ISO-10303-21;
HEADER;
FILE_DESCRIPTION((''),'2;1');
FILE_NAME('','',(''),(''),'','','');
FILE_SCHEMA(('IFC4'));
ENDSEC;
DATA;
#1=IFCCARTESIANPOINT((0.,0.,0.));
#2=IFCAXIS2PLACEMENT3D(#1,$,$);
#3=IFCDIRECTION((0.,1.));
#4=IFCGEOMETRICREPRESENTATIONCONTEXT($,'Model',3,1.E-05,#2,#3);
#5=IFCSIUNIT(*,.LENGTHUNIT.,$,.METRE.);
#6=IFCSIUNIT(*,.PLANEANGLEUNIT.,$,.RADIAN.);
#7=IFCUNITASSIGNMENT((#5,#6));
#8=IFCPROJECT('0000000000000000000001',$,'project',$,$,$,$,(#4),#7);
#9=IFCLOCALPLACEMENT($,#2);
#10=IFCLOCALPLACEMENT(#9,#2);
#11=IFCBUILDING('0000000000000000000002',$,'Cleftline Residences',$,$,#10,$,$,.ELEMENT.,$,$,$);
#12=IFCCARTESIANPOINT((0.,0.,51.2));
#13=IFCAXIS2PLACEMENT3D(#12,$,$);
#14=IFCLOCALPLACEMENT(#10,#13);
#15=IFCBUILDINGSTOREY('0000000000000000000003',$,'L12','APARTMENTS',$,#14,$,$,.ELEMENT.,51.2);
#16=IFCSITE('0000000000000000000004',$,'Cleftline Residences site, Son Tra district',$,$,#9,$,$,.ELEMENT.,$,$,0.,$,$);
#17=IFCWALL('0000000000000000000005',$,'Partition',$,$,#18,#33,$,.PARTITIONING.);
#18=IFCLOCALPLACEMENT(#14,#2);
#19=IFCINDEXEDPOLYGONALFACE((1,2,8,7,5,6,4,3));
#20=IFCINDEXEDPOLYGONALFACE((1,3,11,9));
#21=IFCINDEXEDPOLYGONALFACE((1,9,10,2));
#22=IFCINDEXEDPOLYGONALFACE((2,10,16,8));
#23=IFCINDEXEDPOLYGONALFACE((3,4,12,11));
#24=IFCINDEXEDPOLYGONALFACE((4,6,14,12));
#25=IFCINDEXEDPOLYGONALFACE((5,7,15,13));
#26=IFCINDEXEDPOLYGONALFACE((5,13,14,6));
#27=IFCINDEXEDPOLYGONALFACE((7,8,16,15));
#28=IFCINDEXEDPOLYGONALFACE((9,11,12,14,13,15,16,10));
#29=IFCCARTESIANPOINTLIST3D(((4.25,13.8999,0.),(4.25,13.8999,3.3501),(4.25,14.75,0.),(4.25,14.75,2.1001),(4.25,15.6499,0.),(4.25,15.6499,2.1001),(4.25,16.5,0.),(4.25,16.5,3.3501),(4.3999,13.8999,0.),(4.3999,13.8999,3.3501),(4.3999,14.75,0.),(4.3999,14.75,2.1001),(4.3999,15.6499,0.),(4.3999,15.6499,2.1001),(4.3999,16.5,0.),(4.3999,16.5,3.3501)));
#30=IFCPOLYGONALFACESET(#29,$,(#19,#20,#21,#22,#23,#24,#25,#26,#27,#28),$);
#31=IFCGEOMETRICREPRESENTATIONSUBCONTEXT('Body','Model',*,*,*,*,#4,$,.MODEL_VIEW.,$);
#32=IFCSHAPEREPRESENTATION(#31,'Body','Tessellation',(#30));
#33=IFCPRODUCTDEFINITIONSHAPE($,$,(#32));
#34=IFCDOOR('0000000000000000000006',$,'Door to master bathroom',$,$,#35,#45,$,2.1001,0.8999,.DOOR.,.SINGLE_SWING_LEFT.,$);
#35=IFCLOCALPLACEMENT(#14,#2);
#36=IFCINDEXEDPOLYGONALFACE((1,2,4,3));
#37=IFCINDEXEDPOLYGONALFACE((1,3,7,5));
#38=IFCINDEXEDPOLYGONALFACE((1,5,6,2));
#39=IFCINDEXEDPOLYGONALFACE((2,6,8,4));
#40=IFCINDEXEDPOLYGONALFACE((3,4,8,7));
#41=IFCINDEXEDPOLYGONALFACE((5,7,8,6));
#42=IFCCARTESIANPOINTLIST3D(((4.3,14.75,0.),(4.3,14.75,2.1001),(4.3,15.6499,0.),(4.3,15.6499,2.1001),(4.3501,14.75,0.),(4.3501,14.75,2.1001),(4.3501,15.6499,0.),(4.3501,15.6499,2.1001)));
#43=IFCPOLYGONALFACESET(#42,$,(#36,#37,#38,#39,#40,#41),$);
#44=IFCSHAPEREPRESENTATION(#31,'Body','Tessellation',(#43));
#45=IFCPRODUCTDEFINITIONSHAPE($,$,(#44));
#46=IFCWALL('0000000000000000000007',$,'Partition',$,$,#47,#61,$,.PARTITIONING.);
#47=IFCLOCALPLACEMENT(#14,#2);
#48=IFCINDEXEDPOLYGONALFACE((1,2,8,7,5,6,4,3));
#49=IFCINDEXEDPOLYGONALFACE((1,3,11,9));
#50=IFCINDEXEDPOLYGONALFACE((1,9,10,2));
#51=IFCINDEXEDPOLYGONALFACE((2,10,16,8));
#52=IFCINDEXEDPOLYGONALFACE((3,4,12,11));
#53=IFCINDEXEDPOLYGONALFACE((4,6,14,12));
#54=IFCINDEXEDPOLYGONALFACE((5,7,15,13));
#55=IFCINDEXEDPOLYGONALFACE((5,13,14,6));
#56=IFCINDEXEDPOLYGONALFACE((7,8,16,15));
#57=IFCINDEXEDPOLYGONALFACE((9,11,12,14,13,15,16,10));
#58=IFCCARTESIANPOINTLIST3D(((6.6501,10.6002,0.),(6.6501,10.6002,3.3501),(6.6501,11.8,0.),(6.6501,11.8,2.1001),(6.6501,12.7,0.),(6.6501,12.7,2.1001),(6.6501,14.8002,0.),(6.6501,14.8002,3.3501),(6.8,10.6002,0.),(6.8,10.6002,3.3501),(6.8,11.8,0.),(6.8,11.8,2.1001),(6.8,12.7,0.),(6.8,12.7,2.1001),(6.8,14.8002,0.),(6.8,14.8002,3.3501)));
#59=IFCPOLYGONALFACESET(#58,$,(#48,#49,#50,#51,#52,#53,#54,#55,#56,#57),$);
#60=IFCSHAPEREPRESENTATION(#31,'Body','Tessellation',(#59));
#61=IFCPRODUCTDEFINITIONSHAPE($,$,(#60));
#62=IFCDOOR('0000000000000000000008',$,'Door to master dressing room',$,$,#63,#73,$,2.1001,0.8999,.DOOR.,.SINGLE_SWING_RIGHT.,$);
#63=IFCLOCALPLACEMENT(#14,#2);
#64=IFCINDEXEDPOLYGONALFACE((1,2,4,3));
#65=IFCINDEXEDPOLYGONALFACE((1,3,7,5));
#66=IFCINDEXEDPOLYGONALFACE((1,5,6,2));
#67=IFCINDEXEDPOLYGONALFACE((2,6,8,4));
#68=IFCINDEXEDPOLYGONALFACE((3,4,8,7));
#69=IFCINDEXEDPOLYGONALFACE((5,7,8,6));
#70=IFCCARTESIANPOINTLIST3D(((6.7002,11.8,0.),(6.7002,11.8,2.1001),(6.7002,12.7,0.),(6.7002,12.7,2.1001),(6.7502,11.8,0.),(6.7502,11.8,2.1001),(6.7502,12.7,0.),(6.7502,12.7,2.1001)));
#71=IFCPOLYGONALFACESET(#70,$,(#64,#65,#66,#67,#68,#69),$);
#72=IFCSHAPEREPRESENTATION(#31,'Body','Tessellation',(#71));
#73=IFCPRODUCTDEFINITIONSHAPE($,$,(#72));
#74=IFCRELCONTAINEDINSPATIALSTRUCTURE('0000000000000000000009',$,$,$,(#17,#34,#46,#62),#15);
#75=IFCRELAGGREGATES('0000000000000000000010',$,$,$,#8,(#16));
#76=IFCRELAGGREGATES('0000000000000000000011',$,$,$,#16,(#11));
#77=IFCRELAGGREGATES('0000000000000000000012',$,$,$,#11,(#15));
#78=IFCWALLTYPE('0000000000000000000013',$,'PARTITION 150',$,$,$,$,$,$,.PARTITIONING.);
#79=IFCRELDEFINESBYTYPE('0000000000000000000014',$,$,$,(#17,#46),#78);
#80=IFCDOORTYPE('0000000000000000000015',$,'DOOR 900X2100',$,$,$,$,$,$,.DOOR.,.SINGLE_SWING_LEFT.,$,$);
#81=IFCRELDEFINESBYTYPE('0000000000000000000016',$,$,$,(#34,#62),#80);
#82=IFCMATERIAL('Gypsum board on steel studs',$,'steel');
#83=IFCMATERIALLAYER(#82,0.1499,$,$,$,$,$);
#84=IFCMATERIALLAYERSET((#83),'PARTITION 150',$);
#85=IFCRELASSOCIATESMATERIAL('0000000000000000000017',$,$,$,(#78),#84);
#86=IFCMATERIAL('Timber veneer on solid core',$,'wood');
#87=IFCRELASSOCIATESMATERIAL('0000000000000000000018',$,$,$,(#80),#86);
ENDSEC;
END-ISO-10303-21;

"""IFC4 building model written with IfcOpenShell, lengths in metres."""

from ifc_helpers import new_model, si_unit, direction, frame, frame_2d, origin, place, context, subcontext, project, spatial, rectangle, extrude, material, layer, layer_set, type_object, element, fill, save


model = new_model("IFC4")

# Units and contexts
model_context = context("Model", 3, precision=1e-05, world=origin(), true_north=direction((0.0, 1.0)))
body_context = subcontext(model_context, "Body", "Model", "MODEL_VIEW")
ifc_project = project(units=[si_unit("LENGTHUNIT", "METRE"), si_unit("PLANEANGLEUNIT", "RADIAN")], contexts=[model_context])

# Site, building, storey
site_placement = place(None, origin())
site = spatial("IfcSite", under=ifc_project, at=site_placement, Name="Cleftline Residences site, Son Tra district", CompositionType="ELEMENT", RefElevation=0.0)
building_placement = place(site_placement, origin())
building = spatial("IfcBuilding", under=site, at=building_placement, Name="Cleftline Residences", CompositionType="ELEMENT")
storey_placement = place(building_placement, frame((0.0, 0.0, 51.2)))
storey = spatial("IfcBuildingStorey", under=building, at=storey_placement, Name="L12", Description="APARTMENTS", CompositionType="ELEMENT", Elevation=51.2)

# Shared definitions
ifc_material_1 = material(Name="Gypsum board on steel studs", Category="steel")
ifc_layer = layer(ifc_material_1, 0.1499)
ifc_layer_set = layer_set([ifc_layer], Name="PARTITION 150")
wall_type = type_object("IfcWallType", Name="PARTITION 150", PredefinedType="PARTITIONING", material=ifc_layer_set)

# Walls, openings, doors
wall_1_placement = place(storey_placement, frame((4.325, 13.8999, 0.0), z_axis=(0.0, 0.0, 1.0), x_axis=(0.0, 1.0, 0.0)))
wall_1 = element("IfcWall", 1, at=wall_1_placement, inside=storey, type_object=wall_type, Name="Partition", PredefinedType="PARTITIONING", context=body_context, shape_type="SweptSolid", body=[
    extrude(rectangle(XDim=2.6001, YDim=0.1499, at=frame_2d((1.3, 0.0))), origin(), (0.0, 0.0, 1.0), 3.3501),
])
opening_1_placement = place(wall_1_placement, frame((0.8501, 0.0, 0.0)))
opening_1 = element("IfcOpeningElement", 2, at=opening_1_placement, cuts=wall_1, PredefinedType="OPENING", context=body_context, shape_type="SweptSolid", body=[
    extrude(rectangle(XDim=0.8999, YDim=2.1001, at=frame_2d((0.45, 1.05))), frame((0.0, 0.085, 0.0), z_axis=(0.0, -1.0, 0.0), x_axis=(1.0, 0.0, 0.0)), (0.0, 0.0, 1.0), 0.1699),
])
ifc_material_2 = material(Name="Timber veneer on solid core", Category="wood")
door_type_1 = type_object("IfcDoorType", Name="DOOR 900X2100", OperationType="SINGLE_SWING_LEFT", PredefinedType="DOOR", material=ifc_material_2)
door_1_placement = place(opening_1_placement, origin())
door_1 = element("IfcDoor", 3, at=door_1_placement, inside=storey, type_object=door_type_1, Name="Door to master bathroom", OperationType="SINGLE_SWING_LEFT", OverallHeight=2.1001, OverallWidth=0.8999, PredefinedType="DOOR", context=body_context, shape_type="SweptSolid", body=[
    extrude(rectangle(XDim=0.8999, YDim=2.1001, at=frame_2d((0.45, 1.05))), frame((0.0, 0.0249, 0.0), z_axis=(0.0, -1.0, 0.0), x_axis=(1.0, 0.0, 0.0)), (0.0, 0.0, 1.0), 0.05),
])
fill(opening_1, door_1)
wall_2_placement = place(storey_placement, frame((6.7251, 10.6001, 0.0), z_axis=(0.0, 0.0, 1.0), x_axis=(0.0, 1.0, 0.0)))
wall_2 = element("IfcWall", 4, at=wall_2_placement, inside=storey, type_object=wall_type, Name="Partition", PredefinedType="PARTITIONING", context=body_context, shape_type="SweptSolid", body=[
    extrude(rectangle(XDim=4.2, YDim=0.1499, at=frame_2d((2.1001, 0.0))), origin(), (0.0, 0.0, 1.0), 3.3501),
])
opening_2_placement = place(wall_2_placement, frame((1.2, 0.0, 0.0)))
opening_2 = element("IfcOpeningElement", 5, at=opening_2_placement, cuts=wall_2, PredefinedType="OPENING", context=body_context, shape_type="SweptSolid", body=[
    extrude(rectangle(XDim=0.8999, YDim=2.1001, at=frame_2d((0.45, 1.05))), frame((0.0, 0.085, 0.0), z_axis=(0.0, -1.0, 0.0), x_axis=(1.0, 0.0, 0.0)), (0.0, 0.0, 1.0), 0.1699),
])
door_2_placement = place(opening_2_placement, origin())
door_2 = element("IfcDoor", 6, at=door_2_placement, inside=storey, type_object=door_type_1, Name="Door to master dressing room", OperationType="SINGLE_SWING_RIGHT", OverallHeight=2.1001, OverallWidth=0.8999, PredefinedType="DOOR", context=body_context, shape_type="SweptSolid", body=[
    extrude(rectangle(XDim=0.8999, YDim=2.1001, at=frame_2d((0.45, 1.05))), frame((0.0, 0.0249, 0.0), z_axis=(0.0, -1.0, 0.0), x_axis=(1.0, 0.0, 0.0)), (0.0, 0.0, 1.0), 0.05),
])
fill(opening_2, door_2)

save(model, "model.ifc")
